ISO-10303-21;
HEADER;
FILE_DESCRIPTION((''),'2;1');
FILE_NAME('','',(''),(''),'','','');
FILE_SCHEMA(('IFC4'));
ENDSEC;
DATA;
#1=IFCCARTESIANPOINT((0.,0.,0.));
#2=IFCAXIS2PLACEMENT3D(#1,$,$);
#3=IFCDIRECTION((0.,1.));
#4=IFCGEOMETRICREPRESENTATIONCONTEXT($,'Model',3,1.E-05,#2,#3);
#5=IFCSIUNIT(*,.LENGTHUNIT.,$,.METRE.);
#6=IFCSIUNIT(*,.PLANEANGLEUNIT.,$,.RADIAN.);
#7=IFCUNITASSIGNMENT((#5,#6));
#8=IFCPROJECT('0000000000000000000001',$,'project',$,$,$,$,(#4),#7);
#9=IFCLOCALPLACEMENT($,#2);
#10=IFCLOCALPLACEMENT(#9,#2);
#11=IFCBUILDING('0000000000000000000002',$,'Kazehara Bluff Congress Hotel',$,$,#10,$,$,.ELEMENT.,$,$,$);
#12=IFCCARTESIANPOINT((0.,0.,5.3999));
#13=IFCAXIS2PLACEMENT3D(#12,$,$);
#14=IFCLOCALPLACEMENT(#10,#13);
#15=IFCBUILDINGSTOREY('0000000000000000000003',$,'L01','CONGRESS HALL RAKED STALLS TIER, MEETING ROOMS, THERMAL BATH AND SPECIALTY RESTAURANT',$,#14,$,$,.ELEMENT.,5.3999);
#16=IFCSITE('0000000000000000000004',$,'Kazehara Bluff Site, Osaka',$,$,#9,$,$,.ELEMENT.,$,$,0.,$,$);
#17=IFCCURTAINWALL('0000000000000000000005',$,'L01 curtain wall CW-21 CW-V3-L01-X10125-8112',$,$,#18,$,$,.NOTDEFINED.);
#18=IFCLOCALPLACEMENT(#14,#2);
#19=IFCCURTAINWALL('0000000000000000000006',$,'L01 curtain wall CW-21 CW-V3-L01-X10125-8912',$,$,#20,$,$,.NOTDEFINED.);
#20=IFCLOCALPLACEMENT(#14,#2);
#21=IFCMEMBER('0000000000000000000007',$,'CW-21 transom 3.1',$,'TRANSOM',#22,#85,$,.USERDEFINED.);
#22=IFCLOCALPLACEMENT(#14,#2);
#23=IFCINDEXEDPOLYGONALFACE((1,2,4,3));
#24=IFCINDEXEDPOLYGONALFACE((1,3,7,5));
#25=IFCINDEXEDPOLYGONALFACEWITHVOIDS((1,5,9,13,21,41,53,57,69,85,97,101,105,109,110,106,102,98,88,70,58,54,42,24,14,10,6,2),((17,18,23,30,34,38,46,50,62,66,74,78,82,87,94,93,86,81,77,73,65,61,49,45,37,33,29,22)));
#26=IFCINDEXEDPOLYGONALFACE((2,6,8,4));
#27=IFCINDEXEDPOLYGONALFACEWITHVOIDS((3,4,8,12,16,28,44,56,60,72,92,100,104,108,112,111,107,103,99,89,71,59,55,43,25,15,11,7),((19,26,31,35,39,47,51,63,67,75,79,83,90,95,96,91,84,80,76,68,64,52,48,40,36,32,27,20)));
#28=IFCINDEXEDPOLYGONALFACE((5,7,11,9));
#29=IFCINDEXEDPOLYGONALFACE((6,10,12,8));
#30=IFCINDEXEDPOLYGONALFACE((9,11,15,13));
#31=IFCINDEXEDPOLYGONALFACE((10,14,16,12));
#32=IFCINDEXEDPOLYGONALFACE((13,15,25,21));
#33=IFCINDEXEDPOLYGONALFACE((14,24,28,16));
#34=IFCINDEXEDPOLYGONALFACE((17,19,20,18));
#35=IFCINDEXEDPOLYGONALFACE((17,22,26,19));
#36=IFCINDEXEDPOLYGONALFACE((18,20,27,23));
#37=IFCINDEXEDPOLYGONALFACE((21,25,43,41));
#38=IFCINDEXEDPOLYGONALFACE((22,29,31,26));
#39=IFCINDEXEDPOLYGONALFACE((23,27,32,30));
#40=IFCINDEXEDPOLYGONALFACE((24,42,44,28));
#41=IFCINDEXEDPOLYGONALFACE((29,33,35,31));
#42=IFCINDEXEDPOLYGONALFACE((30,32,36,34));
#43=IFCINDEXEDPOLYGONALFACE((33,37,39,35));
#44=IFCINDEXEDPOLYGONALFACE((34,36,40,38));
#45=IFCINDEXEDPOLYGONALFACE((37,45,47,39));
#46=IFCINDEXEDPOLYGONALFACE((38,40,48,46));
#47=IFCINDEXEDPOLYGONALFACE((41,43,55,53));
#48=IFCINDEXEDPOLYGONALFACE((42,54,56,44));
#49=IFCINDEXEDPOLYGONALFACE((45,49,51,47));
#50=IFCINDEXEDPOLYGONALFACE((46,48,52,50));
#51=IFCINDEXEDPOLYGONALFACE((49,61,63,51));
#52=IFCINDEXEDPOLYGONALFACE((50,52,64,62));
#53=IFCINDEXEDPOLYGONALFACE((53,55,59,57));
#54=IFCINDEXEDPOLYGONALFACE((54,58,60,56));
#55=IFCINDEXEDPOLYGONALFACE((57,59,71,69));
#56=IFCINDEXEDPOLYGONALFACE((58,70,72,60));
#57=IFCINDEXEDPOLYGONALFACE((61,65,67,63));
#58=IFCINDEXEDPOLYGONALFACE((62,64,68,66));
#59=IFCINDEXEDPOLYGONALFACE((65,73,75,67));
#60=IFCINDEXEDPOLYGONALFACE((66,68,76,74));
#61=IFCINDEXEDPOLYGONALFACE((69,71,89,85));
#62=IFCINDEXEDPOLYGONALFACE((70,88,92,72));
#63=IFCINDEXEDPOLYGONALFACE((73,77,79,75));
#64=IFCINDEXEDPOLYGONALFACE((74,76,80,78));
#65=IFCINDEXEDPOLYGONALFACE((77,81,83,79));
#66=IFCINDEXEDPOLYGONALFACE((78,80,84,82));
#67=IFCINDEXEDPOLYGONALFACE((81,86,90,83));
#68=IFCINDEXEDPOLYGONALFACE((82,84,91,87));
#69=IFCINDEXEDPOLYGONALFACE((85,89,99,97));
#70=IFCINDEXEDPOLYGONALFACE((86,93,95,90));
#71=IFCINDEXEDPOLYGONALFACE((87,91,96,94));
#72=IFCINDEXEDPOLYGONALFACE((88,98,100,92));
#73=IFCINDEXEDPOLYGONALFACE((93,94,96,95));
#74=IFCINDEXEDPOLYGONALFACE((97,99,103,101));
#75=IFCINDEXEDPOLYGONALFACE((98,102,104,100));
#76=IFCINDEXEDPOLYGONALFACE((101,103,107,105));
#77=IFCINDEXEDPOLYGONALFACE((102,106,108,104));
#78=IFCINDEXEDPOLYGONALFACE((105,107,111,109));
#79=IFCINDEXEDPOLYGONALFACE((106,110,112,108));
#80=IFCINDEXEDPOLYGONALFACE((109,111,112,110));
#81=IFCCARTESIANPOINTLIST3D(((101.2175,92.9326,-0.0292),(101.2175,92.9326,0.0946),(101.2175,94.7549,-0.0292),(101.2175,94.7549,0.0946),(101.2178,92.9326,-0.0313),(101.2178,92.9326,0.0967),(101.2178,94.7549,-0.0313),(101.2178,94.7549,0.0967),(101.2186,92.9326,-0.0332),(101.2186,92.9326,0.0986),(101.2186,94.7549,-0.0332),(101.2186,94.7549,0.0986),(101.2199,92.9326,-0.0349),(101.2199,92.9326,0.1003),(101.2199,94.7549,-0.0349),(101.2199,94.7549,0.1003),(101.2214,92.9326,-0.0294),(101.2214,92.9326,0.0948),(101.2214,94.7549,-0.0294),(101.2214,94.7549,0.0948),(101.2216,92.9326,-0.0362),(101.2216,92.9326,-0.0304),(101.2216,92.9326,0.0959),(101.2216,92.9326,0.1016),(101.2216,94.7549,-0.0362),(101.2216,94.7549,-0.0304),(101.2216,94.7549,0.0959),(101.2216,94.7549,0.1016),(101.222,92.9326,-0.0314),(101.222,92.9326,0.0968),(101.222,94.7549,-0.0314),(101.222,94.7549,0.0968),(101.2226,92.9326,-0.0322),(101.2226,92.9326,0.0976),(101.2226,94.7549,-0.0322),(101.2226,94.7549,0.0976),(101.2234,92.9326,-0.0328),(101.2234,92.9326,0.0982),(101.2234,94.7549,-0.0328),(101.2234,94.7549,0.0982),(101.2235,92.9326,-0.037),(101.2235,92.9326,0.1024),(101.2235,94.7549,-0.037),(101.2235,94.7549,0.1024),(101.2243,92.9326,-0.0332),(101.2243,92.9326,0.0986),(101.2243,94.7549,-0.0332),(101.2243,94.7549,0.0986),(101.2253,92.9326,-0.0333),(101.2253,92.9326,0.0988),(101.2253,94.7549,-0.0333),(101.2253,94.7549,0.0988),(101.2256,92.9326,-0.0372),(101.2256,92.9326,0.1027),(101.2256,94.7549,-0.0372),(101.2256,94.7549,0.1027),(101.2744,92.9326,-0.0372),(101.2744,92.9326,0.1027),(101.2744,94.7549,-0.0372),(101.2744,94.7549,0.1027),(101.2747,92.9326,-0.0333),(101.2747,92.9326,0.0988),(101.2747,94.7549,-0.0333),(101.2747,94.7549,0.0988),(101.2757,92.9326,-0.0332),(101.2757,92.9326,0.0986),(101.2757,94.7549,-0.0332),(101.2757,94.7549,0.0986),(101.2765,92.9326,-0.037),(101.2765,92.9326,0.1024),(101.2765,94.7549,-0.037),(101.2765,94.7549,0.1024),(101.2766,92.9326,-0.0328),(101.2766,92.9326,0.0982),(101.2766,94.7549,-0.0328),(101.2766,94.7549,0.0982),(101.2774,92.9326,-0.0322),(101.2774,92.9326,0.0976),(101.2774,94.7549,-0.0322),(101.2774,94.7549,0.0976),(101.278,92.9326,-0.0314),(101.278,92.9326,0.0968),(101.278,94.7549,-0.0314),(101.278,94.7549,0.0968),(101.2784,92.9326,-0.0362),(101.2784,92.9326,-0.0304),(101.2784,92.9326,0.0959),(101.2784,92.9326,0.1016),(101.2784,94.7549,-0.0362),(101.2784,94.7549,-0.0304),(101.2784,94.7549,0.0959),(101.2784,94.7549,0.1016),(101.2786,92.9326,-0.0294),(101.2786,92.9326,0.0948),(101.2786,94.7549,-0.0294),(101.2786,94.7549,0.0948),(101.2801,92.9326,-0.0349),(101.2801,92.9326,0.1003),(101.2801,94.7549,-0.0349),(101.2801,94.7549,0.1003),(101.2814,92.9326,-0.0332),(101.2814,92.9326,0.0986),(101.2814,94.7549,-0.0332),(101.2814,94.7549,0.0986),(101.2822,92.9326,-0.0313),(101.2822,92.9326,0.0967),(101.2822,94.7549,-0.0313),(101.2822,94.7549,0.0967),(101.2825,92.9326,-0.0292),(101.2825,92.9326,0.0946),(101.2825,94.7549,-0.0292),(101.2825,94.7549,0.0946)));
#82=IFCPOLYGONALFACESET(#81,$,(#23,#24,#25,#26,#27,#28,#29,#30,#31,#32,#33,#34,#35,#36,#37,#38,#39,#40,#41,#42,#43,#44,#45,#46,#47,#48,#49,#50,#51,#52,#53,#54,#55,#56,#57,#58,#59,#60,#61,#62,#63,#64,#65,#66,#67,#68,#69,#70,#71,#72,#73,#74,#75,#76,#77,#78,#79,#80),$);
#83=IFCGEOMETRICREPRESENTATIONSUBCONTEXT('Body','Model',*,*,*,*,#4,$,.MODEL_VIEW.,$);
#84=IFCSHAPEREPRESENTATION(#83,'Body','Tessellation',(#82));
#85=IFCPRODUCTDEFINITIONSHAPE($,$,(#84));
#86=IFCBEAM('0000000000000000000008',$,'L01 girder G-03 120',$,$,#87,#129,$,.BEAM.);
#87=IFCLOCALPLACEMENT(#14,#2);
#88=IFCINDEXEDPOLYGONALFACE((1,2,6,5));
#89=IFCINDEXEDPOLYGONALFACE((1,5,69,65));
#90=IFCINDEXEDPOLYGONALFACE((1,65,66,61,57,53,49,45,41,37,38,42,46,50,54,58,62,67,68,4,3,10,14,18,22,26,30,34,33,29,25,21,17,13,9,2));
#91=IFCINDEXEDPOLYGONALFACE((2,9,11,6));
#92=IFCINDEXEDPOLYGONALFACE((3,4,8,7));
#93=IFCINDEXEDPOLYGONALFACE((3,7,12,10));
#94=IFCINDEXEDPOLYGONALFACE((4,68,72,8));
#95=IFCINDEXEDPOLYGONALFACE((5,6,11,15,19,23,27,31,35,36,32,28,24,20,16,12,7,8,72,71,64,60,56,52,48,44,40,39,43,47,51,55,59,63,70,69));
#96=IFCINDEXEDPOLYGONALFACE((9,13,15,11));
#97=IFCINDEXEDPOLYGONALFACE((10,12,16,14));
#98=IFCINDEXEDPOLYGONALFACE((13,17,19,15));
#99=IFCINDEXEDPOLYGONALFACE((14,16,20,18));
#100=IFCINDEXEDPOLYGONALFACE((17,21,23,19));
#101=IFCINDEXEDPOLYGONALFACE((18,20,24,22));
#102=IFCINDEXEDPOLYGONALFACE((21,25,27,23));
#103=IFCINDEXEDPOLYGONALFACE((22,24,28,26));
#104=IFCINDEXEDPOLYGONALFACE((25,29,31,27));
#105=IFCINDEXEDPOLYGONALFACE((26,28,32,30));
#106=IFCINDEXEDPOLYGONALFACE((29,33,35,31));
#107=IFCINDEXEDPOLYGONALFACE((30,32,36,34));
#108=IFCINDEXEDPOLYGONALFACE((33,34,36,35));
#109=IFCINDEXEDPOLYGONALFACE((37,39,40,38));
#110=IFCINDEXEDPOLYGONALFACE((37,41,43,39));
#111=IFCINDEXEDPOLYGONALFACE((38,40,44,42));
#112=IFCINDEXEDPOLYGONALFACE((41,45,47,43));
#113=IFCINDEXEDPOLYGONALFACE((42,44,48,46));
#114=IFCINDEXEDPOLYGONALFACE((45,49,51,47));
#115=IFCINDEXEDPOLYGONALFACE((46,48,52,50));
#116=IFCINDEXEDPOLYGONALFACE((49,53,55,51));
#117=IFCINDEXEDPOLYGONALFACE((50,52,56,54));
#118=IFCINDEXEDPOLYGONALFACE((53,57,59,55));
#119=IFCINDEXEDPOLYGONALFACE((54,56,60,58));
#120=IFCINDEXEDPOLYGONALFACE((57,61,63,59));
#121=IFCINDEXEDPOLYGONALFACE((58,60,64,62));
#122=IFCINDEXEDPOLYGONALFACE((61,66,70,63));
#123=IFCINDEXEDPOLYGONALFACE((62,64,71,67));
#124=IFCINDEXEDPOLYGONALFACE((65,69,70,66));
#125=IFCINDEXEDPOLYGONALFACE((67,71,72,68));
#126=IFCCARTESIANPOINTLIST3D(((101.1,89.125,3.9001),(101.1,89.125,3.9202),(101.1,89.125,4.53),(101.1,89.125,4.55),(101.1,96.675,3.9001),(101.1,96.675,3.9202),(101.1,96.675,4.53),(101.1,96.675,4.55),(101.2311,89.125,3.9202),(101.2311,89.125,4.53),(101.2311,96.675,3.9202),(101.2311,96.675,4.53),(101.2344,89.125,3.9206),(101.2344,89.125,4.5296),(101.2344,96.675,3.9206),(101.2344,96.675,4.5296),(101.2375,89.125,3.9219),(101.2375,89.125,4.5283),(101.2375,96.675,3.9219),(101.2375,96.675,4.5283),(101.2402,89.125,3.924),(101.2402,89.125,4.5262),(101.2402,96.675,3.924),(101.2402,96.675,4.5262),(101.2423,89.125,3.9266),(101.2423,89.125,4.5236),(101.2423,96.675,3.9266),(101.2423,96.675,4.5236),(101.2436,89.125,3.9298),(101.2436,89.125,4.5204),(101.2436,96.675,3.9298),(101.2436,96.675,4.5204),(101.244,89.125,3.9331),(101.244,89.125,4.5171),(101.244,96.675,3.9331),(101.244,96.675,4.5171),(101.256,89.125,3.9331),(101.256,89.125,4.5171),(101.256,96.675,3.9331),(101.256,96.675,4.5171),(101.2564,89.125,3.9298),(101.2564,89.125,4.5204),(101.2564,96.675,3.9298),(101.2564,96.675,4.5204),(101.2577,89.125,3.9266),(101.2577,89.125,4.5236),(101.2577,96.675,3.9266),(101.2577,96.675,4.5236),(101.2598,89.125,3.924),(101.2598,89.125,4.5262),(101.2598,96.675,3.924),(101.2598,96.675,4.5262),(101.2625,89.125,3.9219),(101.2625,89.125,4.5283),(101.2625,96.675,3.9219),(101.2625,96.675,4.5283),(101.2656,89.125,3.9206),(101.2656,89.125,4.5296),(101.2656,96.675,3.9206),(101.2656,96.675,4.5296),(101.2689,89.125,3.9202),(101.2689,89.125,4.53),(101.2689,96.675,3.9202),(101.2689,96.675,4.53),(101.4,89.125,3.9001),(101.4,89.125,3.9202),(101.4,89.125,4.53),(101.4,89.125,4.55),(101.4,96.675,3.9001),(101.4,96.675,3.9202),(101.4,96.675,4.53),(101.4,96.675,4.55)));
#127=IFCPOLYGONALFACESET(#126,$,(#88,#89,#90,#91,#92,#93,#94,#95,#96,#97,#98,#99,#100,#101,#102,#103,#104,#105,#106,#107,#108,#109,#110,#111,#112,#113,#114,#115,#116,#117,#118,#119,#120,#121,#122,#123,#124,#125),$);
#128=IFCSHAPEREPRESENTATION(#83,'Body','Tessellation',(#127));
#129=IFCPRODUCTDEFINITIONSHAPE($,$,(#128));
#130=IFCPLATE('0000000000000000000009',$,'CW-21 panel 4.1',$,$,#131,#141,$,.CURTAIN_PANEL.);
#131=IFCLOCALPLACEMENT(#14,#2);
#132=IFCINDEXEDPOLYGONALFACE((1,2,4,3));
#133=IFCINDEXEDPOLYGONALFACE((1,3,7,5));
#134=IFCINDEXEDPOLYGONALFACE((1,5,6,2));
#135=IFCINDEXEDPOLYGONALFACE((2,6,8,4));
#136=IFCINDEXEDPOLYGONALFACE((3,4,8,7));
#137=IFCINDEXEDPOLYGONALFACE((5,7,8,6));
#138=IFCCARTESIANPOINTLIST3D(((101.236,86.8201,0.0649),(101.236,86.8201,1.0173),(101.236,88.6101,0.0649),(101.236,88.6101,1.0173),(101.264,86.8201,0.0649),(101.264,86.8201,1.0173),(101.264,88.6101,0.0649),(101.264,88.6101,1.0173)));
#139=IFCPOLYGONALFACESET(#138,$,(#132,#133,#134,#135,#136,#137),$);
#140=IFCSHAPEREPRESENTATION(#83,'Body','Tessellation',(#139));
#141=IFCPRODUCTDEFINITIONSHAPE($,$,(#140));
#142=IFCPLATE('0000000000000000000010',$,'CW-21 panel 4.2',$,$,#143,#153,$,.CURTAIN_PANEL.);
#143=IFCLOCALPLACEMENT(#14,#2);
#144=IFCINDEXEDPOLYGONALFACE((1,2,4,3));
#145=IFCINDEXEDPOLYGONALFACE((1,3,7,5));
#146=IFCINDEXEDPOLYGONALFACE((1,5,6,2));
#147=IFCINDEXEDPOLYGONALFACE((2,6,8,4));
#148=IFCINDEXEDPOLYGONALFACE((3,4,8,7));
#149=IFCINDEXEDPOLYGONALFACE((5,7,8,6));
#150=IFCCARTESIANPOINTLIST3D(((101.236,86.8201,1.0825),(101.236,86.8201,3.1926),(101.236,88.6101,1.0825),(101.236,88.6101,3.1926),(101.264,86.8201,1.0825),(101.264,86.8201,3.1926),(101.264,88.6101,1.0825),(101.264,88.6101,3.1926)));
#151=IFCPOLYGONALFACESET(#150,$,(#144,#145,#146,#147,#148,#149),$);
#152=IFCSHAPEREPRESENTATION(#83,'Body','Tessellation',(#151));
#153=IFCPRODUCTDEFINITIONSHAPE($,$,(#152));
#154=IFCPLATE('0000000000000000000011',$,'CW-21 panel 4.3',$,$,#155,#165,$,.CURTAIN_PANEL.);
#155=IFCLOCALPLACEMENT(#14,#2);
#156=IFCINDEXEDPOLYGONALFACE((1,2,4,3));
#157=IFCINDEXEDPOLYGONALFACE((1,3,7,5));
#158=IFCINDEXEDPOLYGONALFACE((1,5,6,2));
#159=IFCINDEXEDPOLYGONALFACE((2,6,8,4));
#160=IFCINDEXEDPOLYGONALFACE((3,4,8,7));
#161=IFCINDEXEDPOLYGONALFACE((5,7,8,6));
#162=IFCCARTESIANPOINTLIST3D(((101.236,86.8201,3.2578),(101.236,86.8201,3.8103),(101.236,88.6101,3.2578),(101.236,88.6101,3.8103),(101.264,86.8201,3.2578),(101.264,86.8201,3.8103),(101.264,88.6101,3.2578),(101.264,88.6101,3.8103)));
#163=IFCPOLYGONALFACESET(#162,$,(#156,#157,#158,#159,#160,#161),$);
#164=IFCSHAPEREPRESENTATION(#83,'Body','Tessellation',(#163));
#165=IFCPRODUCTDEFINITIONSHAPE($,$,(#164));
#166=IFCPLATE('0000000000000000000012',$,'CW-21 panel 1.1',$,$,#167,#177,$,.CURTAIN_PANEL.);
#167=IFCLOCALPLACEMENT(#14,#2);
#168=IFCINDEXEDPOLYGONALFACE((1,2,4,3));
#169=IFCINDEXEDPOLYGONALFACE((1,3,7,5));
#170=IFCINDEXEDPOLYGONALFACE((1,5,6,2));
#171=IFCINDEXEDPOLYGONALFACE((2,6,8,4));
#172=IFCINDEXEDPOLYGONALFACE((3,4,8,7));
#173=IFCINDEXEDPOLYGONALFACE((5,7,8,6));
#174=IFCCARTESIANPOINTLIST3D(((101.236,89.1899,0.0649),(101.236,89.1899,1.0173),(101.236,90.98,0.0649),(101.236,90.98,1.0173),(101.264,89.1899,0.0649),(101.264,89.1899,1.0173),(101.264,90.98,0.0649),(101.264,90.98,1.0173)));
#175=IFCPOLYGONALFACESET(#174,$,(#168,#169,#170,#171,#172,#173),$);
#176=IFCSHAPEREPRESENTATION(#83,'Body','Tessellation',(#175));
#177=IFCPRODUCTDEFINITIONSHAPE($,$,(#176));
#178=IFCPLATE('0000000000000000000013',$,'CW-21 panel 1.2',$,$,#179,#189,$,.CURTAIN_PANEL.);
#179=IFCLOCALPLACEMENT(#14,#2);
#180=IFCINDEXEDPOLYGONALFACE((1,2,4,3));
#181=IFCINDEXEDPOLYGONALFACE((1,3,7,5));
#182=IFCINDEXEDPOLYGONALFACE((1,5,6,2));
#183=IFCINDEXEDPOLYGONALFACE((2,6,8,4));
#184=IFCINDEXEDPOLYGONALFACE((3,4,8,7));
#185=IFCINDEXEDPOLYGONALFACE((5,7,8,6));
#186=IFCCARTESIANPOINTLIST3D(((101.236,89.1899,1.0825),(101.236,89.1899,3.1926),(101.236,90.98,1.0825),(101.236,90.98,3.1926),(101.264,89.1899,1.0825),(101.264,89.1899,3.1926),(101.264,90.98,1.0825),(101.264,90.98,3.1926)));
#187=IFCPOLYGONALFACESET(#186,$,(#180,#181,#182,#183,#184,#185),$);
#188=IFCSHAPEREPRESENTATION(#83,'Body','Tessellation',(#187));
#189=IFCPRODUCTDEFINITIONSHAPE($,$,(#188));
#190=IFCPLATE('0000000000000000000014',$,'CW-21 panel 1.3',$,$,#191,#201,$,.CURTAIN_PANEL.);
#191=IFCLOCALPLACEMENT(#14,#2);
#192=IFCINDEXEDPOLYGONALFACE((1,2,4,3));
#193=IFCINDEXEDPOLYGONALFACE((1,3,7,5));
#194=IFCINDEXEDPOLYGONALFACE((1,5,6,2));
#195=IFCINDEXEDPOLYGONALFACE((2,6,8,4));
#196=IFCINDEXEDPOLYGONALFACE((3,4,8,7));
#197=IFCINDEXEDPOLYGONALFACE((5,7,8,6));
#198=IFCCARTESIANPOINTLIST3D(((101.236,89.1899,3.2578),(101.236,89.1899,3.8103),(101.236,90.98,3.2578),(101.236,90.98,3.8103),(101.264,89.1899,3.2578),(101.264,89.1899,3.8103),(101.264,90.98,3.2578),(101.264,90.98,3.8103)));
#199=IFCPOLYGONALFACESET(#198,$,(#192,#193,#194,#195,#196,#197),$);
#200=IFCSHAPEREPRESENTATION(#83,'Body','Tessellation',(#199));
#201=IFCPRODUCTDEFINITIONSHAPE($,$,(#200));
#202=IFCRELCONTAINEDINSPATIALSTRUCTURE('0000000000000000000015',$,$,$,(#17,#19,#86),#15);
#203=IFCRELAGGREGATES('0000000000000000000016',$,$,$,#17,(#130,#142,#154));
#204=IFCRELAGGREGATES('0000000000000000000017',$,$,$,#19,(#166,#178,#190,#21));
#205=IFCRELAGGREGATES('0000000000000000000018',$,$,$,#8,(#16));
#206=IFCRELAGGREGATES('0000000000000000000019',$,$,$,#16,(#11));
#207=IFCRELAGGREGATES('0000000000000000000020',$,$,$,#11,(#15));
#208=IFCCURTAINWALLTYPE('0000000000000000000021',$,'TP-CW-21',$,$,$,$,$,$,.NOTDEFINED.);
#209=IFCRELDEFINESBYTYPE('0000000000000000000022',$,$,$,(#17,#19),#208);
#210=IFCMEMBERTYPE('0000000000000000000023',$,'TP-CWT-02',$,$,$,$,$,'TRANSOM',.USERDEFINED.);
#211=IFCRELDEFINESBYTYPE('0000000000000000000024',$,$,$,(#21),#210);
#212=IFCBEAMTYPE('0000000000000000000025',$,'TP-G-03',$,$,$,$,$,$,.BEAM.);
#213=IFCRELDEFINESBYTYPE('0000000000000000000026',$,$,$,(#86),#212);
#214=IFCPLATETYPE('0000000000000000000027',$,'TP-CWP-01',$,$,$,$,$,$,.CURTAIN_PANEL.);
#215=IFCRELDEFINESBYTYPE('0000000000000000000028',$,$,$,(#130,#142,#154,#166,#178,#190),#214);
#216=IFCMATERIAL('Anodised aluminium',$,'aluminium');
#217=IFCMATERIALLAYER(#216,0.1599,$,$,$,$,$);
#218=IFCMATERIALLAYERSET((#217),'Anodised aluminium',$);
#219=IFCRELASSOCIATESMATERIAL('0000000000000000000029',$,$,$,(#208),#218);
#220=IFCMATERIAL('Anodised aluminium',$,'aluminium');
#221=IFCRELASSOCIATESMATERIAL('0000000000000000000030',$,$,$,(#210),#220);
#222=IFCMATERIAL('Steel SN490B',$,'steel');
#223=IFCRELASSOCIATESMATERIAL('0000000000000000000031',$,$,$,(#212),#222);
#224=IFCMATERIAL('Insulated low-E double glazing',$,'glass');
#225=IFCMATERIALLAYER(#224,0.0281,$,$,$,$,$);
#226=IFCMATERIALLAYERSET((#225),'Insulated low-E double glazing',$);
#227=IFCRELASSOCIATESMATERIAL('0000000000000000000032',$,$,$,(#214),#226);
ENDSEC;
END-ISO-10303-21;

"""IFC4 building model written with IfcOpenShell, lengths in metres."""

from ifc_helpers import new_model, si_unit, direction, frame, origin, origin_2d, place, context, subcontext, project, spatial, rectangle, hollow_rectangle, i_section, extrude, material, layer, layer_set, material_profile, profile_set, type_object, element, aggregate, save


model = new_model("IFC4")

# Units and contexts
model_context = context("Model", 3, precision=1e-05, world=origin(), true_north=direction((0.0, 1.0)))
body_context = subcontext(model_context, "Body", "Model", "MODEL_VIEW")
ifc_project = project(units=[si_unit("LENGTHUNIT", "METRE"), si_unit("PLANEANGLEUNIT", "RADIAN")], contexts=[model_context])

# Site, building, storey
site_placement = place(None, origin())
site = spatial("IfcSite", under=ifc_project, at=site_placement, Name="Kazehara Bluff Site, Osaka", CompositionType="ELEMENT", RefElevation=0.0)
building_placement = place(site_placement, origin())
building = spatial("IfcBuilding", under=site, at=building_placement, Name="Kazehara Bluff Congress Hotel", CompositionType="ELEMENT")
storey_placement = place(building_placement, frame((0.0, 0.0, 5.3999)))
storey = spatial("IfcBuildingStorey", under=building, at=storey_placement, Name="L01", Description="CONGRESS HALL RAKED STALLS TIER, MEETING ROOMS, THERMAL BATH AND SPECIALTY RESTAURANT", CompositionType="ELEMENT", Elevation=5.3999)

# Curtain walls
ifc_material_1 = material(Name="Anodised aluminium", Category="aluminium")
ifc_layer_1 = layer(ifc_material_1, 0.1599)
ifc_layer_set_1 = layer_set([ifc_layer_1], Name="Anodised aluminium")
curtain_wall_type = type_object("IfcCurtainWallType", Name="TP-CW-21", PredefinedType="NOTDEFINED", material=ifc_layer_set_1)
curtain_wall_1_placement = place(storey_placement, origin())
curtain_wall_1 = element("IfcCurtainWall", 1, at=curtain_wall_1_placement, inside=storey, type_object=curtain_wall_type, Name="L01 curtain wall CW-21 CW-V3-L01-X10125-8112", PredefinedType="NOTDEFINED")
curtain_wall_2_placement = place(storey_placement, origin())
curtain_wall_2 = element("IfcCurtainWall", 2, at=curtain_wall_2_placement, inside=storey, type_object=curtain_wall_type, Name="L01 curtain wall CW-21 CW-V3-L01-X10125-8912", PredefinedType="NOTDEFINED")

# Member
ifc_material_2 = material(Name="Anodised aluminium", Category="aluminium")
ifc_material_profile_1 = material_profile(ifc_material_2, hollow_rectangle(XDim=0.0649, YDim=0.1399, WallThickness=0.0039, InnerFilletRadius=0.0039, OuterFilletRadius=0.0081, at=origin_2d()))
ifc_profile_set_1 = profile_set([ifc_material_profile_1], Name="Anodised aluminium")
member_type_1 = type_object("IfcMemberType", Name="TP-CWT-02", ElementType="TRANSOM", PredefinedType="USERDEFINED", material=ifc_profile_set_1)
member_1_placement = place(storey_placement, frame((101.25, 92.9326, 0.0327), z_axis=(0.0, 1.0, 0.0), x_axis=(-1.0, 0.0, 0.0)))
member_1 = element("IfcMember", 3, at=member_1_placement, type_object=member_type_1, Name="CW-21 transom 3.1", ObjectType="TRANSOM", PredefinedType="USERDEFINED", context=body_context, shape_type="SweptSolid", body=[
    extrude(hollow_rectangle(XDim=0.0649, YDim=0.1399, WallThickness=0.0039, InnerFilletRadius=0.0039, OuterFilletRadius=0.0081, at=origin_2d()), origin(), (0.0, 0.0, 1.0), 1.8223),
])

# Beam
ifc_material_3 = material(Name="Steel SN490B", Category="steel")
ifc_material_profile_2 = material_profile(ifc_material_3, i_section(OverallWidth=0.3, OverallDepth=0.6499, WebThickness=0.012, FlangeThickness=0.02, FilletRadius=0.0129, at=origin_2d()))
ifc_profile_set_2 = profile_set([ifc_material_profile_2], Name="Steel SN490B")
beam_type = type_object("IfcBeamType", Name="TP-G-03", PredefinedType="BEAM", material=ifc_profile_set_2)
beam_placement = place(storey_placement, frame((101.25, 89.125, 4.2251), z_axis=(0.0, 1.0, 0.0), x_axis=(-1.0, 0.0, 0.0)))
element("IfcBeam", 4, at=beam_placement, inside=storey, type_object=beam_type, Name="L01 girder G-03 120", PredefinedType="BEAM", context=body_context, shape_type="SweptSolid", body=[
    extrude(i_section(OverallWidth=0.3, OverallDepth=0.6499, WebThickness=0.012, FlangeThickness=0.02, FilletRadius=0.0129, at=origin_2d()), origin(), (0.0, 0.0, 1.0), 7.55),
])

# Plates
ifc_material_4 = material(Name="Insulated low-E double glazing", Category="glass")
ifc_layer_2 = layer(ifc_material_4, 0.0281)
ifc_layer_set_2 = layer_set([ifc_layer_2], Name="Insulated low-E double glazing")
plate_type = type_object("IfcPlateType", Name="TP-CWP-01", PredefinedType="CURTAIN_PANEL", material=ifc_layer_set_2)
plate_1_placement = place(storey_placement, frame((101.25, 87.7151, 0.0649), z_axis=(0.0, 0.0, 1.0), x_axis=(0.0, 1.0, 0.0)))
plate_1 = element("IfcPlate", 5, at=plate_1_placement, type_object=plate_type, Name="CW-21 panel 4.1", PredefinedType="CURTAIN_PANEL", context=body_context, shape_type="SweptSolid", body=[
    extrude(rectangle(XDim=1.79, YDim=0.0281, at=origin_2d()), origin(), (0.0, 0.0, 1.0), 0.9524),
])
plate_2_placement = place(storey_placement, frame((101.25, 87.7151, 1.0825), z_axis=(0.0, 0.0, 1.0), x_axis=(0.0, 1.0, 0.0)))
plate_2 = element("IfcPlate", 6, at=plate_2_placement, type_object=plate_type, Name="CW-21 panel 4.2", PredefinedType="CURTAIN_PANEL", context=body_context, shape_type="SweptSolid", body=[
    extrude(rectangle(XDim=1.79, YDim=0.0281, at=origin_2d()), origin(), (0.0, 0.0, 1.0), 2.1101),
])
plate_3_placement = place(storey_placement, frame((101.25, 87.7151, 3.2578), z_axis=(0.0, 0.0, 1.0), x_axis=(0.0, 1.0, 0.0)))
plate_3 = element("IfcPlate", 7, at=plate_3_placement, type_object=plate_type, Name="CW-21 panel 4.3", PredefinedType="CURTAIN_PANEL", context=body_context, shape_type="SweptSolid", body=[
    extrude(rectangle(XDim=1.79, YDim=0.0281, at=origin_2d()), origin(), (0.0, 0.0, 1.0), 0.5525),
])
aggregate(curtain_wall_1, [plate_1, plate_2, plate_3])
plate_4_placement = place(storey_placement, frame((101.25, 90.085, 0.0649), z_axis=(0.0, 0.0, 1.0), x_axis=(0.0, 1.0, 0.0)))
plate_4 = element("IfcPlate", 8, at=plate_4_placement, type_object=plate_type, Name="CW-21 panel 1.1", PredefinedType="CURTAIN_PANEL", context=body_context, shape_type="SweptSolid", body=[
    extrude(rectangle(XDim=1.79, YDim=0.0281, at=origin_2d()), origin(), (0.0, 0.0, 1.0), 0.9524),
])
plate_5_placement = place(storey_placement, frame((101.25, 90.085, 1.0825), z_axis=(0.0, 0.0, 1.0), x_axis=(0.0, 1.0, 0.0)))
plate_5 = element("IfcPlate", 9, at=plate_5_placement, type_object=plate_type, Name="CW-21 panel 1.2", PredefinedType="CURTAIN_PANEL", context=body_context, shape_type="SweptSolid", body=[
    extrude(rectangle(XDim=1.79, YDim=0.0281, at=origin_2d()), origin(), (0.0, 0.0, 1.0), 2.1101),
])
plate_6_placement = place(storey_placement, frame((101.25, 90.085, 3.2578), z_axis=(0.0, 0.0, 1.0), x_axis=(0.0, 1.0, 0.0)))
plate_6 = element("IfcPlate", 10, at=plate_6_placement, type_object=plate_type, Name="CW-21 panel 1.3", PredefinedType="CURTAIN_PANEL", context=body_context, shape_type="SweptSolid", body=[
    extrude(rectangle(XDim=1.79, YDim=0.0281, at=origin_2d()), origin(), (0.0, 0.0, 1.0), 0.5525),
])
aggregate(curtain_wall_2, [plate_4, plate_5, plate_6, member_1])

save(model, "model.ifc")
